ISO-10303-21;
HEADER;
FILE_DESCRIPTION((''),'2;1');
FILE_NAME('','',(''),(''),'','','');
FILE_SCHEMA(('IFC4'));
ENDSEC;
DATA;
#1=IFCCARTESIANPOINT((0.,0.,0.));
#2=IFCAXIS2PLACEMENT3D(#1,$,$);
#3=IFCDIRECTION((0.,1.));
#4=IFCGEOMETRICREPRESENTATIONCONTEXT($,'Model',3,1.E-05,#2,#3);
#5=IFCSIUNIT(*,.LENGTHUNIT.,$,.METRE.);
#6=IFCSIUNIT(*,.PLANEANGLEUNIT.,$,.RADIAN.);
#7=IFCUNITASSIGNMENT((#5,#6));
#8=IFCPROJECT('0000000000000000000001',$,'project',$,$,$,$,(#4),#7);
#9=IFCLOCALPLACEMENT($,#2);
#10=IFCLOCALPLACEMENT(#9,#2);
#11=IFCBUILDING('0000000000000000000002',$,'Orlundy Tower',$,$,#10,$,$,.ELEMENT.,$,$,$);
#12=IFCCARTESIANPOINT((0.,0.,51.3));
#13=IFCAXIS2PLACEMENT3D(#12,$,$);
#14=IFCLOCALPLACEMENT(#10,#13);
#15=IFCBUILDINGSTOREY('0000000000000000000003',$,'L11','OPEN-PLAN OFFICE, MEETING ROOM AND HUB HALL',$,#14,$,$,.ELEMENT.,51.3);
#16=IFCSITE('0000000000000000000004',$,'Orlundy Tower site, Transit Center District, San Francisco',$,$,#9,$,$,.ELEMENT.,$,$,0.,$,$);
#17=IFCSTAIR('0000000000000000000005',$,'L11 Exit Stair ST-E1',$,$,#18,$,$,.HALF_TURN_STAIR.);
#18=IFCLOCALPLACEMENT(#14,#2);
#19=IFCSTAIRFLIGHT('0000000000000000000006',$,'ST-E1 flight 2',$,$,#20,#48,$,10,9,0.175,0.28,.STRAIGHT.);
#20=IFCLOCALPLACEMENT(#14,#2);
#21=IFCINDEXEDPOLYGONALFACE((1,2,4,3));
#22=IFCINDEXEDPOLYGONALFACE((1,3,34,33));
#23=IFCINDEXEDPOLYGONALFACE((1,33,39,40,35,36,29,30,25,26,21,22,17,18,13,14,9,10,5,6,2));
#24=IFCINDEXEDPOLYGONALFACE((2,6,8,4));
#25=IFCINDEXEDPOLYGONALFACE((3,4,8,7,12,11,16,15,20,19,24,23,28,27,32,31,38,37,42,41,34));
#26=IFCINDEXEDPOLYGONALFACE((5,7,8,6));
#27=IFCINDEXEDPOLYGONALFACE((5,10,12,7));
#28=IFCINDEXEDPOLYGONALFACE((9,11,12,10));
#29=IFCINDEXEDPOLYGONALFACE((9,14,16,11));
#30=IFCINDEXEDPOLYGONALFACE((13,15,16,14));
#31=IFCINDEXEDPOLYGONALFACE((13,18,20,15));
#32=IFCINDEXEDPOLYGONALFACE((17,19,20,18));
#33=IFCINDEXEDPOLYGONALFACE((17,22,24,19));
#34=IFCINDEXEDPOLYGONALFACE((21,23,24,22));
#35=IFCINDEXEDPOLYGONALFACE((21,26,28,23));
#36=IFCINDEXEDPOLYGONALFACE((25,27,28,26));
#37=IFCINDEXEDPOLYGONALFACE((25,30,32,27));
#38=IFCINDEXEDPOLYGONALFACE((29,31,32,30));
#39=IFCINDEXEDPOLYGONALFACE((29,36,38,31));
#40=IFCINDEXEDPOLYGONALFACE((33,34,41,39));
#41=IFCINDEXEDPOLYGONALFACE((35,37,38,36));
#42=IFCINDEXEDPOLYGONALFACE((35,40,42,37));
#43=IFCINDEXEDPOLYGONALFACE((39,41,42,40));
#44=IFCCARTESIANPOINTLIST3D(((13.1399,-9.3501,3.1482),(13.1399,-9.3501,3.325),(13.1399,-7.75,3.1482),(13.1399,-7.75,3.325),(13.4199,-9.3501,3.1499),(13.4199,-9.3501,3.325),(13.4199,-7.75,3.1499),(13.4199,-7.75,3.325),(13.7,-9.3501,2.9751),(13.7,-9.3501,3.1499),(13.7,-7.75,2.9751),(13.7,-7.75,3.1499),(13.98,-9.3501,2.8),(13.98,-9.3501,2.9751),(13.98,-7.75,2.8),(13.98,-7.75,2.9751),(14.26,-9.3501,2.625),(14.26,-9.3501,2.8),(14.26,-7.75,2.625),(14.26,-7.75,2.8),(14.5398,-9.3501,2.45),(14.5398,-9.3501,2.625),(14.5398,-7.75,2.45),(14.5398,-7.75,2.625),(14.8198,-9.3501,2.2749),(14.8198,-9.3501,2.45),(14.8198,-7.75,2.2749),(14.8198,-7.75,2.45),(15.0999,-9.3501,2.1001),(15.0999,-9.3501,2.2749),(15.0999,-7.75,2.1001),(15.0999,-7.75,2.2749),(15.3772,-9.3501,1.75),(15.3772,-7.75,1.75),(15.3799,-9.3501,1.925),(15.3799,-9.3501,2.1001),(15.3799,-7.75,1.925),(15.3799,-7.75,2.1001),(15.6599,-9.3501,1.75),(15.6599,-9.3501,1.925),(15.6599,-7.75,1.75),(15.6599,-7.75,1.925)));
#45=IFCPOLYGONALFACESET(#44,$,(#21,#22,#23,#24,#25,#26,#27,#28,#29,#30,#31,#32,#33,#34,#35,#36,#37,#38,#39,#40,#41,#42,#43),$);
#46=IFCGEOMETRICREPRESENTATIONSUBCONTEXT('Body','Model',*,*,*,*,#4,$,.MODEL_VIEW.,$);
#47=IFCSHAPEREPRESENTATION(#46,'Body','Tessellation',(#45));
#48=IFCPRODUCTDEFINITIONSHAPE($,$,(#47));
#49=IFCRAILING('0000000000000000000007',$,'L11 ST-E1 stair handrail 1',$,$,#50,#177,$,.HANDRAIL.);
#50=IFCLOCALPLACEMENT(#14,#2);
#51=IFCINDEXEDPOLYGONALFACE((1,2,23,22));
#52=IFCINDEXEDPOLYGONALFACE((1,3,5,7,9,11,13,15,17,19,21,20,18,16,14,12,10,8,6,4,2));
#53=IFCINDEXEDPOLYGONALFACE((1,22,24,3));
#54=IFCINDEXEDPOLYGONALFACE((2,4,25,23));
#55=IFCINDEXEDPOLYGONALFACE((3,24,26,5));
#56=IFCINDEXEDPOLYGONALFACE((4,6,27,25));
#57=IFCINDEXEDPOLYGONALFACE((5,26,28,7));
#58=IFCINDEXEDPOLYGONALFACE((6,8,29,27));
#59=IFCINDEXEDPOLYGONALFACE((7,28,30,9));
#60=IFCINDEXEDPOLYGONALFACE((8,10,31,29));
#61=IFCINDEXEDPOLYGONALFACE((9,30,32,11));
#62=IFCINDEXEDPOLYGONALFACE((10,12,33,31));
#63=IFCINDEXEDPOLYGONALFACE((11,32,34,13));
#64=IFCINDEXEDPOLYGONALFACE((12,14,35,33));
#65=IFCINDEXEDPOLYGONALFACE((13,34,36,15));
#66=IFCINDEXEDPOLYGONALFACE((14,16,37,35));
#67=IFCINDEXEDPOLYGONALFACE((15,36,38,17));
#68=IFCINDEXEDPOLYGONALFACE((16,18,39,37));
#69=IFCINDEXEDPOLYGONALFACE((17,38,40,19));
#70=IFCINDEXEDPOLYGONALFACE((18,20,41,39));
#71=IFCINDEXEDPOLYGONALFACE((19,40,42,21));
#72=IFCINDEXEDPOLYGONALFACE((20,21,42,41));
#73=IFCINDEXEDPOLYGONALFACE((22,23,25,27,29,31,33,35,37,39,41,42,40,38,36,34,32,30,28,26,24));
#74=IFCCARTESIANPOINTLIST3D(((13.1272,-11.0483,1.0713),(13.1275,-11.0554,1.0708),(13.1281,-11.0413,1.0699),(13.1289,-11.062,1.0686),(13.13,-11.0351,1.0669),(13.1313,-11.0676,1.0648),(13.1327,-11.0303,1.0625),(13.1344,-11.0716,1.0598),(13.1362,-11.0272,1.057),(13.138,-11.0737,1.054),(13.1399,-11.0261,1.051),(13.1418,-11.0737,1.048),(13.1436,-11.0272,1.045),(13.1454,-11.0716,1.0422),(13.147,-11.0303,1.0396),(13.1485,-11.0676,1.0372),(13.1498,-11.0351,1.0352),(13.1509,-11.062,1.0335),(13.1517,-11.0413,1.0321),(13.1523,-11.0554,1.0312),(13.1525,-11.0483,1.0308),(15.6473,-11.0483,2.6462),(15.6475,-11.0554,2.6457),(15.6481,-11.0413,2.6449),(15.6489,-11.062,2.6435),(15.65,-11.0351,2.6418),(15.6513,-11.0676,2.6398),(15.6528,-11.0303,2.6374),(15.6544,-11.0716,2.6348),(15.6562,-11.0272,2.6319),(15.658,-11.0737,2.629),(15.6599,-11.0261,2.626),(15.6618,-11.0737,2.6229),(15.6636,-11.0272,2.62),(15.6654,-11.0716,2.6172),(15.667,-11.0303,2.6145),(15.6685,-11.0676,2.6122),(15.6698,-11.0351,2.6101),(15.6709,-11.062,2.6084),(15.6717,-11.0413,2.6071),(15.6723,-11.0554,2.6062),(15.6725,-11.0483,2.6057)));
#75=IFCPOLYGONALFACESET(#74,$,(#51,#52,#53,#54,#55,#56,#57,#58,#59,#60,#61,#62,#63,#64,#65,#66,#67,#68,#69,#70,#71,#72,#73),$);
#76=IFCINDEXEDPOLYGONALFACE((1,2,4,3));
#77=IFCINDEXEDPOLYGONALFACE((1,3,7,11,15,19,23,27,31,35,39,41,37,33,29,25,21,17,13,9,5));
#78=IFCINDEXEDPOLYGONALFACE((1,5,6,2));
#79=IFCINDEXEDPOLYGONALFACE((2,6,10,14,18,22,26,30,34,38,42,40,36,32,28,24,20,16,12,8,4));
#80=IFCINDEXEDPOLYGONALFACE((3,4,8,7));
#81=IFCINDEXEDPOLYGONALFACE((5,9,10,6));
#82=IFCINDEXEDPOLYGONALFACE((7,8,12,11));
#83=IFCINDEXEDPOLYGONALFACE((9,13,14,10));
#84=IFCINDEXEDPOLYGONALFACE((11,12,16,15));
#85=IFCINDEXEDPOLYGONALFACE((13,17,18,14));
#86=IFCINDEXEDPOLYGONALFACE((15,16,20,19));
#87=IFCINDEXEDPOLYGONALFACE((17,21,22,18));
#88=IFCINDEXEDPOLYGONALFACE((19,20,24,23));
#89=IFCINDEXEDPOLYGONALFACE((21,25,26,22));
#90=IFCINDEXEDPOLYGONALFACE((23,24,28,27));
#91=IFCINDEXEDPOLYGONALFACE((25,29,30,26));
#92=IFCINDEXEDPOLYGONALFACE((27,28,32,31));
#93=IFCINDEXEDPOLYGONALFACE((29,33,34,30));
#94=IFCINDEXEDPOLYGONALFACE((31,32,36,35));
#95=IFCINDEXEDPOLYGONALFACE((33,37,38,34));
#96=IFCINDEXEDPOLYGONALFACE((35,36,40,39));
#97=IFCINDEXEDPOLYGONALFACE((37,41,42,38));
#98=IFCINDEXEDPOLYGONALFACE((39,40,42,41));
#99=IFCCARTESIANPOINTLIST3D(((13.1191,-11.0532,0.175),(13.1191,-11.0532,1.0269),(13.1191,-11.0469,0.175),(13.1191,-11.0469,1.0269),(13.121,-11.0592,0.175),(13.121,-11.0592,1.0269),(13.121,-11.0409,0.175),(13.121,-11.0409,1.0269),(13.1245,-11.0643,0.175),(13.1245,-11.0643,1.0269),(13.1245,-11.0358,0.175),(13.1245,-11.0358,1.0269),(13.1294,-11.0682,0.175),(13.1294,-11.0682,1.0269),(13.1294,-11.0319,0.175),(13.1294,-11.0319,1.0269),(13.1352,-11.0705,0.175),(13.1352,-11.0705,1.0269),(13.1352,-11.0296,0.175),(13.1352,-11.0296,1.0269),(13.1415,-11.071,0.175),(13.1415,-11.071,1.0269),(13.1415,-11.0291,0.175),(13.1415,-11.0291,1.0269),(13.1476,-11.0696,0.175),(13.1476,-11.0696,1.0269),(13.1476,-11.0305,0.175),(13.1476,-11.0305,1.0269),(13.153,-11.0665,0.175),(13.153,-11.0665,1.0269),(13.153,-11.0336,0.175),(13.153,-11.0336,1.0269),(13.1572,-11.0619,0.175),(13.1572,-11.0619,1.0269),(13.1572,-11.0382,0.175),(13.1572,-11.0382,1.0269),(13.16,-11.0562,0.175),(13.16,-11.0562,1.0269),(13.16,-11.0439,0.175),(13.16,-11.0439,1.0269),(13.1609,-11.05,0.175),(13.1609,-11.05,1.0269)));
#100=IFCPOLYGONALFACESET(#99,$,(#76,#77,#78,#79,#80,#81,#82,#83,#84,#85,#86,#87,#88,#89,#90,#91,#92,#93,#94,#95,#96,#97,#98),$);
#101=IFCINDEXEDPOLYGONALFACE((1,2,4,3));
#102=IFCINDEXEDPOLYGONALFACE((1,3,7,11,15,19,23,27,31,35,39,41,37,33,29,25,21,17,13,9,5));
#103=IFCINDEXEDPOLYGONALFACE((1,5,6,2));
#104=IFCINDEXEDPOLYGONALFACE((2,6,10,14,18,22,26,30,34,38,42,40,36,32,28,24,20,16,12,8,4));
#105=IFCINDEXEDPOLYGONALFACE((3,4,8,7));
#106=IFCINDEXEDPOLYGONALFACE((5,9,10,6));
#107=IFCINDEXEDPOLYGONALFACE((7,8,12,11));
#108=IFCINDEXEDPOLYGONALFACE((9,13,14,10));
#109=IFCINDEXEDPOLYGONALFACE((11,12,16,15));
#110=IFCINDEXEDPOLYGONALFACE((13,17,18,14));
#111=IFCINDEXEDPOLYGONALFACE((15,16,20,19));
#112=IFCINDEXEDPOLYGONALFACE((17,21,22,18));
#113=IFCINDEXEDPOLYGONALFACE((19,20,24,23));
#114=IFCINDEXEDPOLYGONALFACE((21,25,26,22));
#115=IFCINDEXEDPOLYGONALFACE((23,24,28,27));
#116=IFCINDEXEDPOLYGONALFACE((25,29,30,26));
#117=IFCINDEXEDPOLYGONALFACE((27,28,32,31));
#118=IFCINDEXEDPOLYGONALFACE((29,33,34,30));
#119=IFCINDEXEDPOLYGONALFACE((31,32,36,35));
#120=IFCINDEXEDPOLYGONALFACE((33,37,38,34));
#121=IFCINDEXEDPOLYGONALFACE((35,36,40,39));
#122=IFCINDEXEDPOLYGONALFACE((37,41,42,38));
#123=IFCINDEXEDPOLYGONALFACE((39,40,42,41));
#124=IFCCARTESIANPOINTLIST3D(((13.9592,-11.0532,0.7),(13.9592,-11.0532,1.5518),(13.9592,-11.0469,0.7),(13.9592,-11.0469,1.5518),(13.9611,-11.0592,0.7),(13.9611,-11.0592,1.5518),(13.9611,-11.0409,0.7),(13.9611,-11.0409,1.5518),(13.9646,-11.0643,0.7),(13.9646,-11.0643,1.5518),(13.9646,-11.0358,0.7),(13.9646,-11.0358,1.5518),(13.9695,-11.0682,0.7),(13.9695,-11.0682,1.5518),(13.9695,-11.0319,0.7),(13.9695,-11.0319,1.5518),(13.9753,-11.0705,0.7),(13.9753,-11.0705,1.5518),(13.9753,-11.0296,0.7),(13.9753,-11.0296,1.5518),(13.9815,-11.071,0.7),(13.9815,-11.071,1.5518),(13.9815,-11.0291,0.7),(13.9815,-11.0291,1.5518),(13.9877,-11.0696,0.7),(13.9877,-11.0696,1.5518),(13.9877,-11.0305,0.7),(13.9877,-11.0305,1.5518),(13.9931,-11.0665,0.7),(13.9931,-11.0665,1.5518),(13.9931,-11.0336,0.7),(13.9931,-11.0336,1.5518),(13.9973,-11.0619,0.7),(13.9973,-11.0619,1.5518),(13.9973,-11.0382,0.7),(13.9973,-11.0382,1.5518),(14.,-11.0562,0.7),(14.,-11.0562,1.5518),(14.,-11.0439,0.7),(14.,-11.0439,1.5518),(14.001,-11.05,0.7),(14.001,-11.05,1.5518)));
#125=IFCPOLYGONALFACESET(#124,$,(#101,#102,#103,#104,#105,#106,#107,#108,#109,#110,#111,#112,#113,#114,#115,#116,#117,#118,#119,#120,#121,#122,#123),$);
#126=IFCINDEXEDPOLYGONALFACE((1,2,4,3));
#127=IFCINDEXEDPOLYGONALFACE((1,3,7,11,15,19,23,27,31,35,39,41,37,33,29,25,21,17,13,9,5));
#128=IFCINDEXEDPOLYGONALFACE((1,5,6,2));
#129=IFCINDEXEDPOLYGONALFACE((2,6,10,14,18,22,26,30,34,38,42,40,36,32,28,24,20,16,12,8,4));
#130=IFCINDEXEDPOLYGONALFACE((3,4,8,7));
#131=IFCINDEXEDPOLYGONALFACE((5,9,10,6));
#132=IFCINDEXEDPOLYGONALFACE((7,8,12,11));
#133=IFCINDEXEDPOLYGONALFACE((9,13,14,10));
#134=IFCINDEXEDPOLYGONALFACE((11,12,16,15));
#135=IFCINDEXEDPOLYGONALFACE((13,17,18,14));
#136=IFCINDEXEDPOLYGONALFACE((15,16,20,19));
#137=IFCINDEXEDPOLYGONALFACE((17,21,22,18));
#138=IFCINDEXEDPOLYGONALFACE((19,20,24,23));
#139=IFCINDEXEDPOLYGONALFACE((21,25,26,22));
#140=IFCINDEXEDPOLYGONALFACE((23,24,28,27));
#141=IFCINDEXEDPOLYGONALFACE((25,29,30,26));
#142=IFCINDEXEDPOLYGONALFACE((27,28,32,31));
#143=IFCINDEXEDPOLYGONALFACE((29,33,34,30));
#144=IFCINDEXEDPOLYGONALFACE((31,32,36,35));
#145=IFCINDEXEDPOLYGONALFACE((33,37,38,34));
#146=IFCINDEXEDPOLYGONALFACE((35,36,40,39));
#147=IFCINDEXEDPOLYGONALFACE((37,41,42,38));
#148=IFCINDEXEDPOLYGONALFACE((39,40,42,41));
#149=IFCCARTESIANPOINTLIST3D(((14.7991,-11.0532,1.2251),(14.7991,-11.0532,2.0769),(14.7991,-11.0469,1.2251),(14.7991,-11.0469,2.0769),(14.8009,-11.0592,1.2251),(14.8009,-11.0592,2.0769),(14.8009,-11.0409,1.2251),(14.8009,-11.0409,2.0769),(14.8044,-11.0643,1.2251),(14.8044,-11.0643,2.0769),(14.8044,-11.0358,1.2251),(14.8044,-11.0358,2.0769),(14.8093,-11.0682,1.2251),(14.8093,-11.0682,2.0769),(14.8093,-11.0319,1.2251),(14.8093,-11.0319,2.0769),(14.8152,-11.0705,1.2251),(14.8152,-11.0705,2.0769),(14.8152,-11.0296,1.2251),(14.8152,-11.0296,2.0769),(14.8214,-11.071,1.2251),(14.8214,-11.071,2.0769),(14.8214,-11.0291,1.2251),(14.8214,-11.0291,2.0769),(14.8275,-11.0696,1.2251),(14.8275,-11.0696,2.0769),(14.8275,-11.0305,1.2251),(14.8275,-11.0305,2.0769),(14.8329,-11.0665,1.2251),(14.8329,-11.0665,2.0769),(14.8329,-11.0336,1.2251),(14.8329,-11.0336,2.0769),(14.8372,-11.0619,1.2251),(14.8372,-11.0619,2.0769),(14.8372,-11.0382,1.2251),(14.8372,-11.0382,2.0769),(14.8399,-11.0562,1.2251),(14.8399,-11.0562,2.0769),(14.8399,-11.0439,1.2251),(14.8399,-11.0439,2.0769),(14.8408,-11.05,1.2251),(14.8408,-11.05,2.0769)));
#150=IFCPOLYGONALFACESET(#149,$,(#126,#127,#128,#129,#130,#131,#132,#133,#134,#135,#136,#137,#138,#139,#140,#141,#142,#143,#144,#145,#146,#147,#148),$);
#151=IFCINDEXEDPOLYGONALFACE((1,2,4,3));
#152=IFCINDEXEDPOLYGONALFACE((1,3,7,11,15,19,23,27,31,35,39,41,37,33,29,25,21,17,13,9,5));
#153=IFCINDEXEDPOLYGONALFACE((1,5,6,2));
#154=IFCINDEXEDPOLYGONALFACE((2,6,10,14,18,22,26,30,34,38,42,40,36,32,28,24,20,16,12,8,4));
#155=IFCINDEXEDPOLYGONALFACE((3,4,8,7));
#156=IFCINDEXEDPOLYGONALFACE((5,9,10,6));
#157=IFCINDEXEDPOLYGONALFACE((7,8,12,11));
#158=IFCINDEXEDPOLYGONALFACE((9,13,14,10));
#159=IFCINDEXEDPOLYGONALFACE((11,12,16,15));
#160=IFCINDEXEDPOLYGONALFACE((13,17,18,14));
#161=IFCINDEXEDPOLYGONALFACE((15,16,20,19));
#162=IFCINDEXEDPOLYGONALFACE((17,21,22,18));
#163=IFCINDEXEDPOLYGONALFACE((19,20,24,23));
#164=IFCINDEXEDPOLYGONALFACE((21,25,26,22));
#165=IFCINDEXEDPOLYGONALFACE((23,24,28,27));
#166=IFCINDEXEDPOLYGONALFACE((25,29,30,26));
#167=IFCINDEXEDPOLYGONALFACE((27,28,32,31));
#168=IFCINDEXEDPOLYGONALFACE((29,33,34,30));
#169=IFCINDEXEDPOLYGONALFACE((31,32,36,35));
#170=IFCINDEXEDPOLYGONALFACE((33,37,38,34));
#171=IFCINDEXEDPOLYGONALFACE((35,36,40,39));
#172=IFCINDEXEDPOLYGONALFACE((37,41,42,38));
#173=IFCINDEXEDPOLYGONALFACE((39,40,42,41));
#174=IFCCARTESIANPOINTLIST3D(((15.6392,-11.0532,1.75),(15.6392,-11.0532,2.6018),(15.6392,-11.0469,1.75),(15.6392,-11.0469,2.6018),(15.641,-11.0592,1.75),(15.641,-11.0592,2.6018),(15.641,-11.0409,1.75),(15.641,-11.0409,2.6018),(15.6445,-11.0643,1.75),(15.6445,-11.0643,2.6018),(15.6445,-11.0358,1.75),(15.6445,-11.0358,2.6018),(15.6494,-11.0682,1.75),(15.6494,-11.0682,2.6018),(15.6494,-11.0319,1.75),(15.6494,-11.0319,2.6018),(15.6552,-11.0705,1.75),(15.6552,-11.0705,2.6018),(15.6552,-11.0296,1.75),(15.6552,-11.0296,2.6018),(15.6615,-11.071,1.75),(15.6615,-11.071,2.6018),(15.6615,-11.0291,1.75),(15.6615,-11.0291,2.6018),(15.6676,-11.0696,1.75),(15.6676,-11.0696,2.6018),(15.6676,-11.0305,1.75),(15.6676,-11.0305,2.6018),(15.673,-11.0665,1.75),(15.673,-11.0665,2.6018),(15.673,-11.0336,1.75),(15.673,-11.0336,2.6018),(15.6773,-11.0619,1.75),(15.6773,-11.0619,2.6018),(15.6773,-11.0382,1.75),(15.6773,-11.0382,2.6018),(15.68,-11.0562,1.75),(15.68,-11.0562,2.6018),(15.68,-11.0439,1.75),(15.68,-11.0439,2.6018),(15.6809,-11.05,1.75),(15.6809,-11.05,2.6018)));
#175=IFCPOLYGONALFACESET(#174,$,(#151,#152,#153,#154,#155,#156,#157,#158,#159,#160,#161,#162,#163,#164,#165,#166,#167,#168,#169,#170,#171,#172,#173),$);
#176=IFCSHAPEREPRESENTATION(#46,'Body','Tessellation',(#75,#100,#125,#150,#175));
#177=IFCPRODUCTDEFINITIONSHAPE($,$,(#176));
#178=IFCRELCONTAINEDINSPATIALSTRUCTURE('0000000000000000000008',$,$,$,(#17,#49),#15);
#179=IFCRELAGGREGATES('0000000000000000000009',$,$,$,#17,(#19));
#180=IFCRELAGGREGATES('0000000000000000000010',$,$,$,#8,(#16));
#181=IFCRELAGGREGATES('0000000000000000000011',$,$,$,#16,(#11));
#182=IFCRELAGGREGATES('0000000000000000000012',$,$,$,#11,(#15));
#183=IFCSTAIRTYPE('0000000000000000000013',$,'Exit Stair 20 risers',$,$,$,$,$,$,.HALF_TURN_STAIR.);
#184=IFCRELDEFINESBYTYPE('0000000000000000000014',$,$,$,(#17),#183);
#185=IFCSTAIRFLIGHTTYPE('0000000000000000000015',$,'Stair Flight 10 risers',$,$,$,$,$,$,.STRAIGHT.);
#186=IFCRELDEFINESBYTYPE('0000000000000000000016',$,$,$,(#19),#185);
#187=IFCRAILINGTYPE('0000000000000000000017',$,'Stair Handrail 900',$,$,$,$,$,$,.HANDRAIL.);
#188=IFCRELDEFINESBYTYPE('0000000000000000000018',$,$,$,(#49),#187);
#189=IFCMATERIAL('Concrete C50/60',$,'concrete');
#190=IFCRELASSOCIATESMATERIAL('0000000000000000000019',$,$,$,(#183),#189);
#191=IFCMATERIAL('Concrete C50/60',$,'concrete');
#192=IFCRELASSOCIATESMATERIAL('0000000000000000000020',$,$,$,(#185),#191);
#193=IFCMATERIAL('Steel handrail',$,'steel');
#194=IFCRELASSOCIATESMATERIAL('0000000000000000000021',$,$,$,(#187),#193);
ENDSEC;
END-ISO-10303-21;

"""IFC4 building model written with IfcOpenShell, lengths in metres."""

from ifc_helpers import new_model, si_unit, direction, frame, origin, origin_2d, place, context, subcontext, project, spatial, polyline, circle, outline, extrude, material, type_object, element, aggregate, save


model = new_model("IFC4")

# Units and contexts
model_context = context("Model", 3, precision=1e-05, world=origin(), true_north=direction((0.0, 1.0)))
body_context = subcontext(model_context, "Body", "Model", "MODEL_VIEW")
ifc_project = project(units=[si_unit("LENGTHUNIT", "METRE"), si_unit("PLANEANGLEUNIT", "RADIAN")], contexts=[model_context])

# Site, building, storey
site_placement = place(None, origin())
site = spatial("IfcSite", under=ifc_project, at=site_placement, Name="Orlundy Tower site, Transit Center District, San Francisco", CompositionType="ELEMENT", RefElevation=0.0)
building_placement = place(site_placement, origin())
building = spatial("IfcBuilding", under=site, at=building_placement, Name="Orlundy Tower", CompositionType="ELEMENT")
storey_placement = place(building_placement, frame((0.0, 0.0, 51.3)))
storey = spatial("IfcBuildingStorey", under=building, at=storey_placement, Name="L11", Description="OPEN-PLAN OFFICE, MEETING ROOM AND HUB HALL", CompositionType="ELEMENT", Elevation=51.3)

# Stair
ifc_material_1 = material(Name="Concrete C50/60", Category="concrete")
stair_type = type_object("IfcStairType", Name="Exit Stair 20 risers", PredefinedType="HALF_TURN_STAIR", material=ifc_material_1)
stair_1_placement = place(storey_placement, origin())
stair_1 = element("IfcStair", 1, at=stair_1_placement, inside=storey, type_object=stair_type, Name="L11 Exit Stair ST-E1", PredefinedType="HALF_TURN_STAIR")

# Stair flight
ifc_material_2 = material(Name="Concrete C50/60", Category="concrete")
stair_flight_type = type_object("IfcStairFlightType", Name="Stair Flight 10 risers", PredefinedType="STRAIGHT", material=ifc_material_2)
stair_flight_1_placement = place(storey_placement, frame((15.6599, -8.55, 1.75), z_axis=(0.0, 0.0, 1.0), x_axis=(-1.0, 0.0, 0.0)))
stair_flight_1 = element("IfcStairFlight", 2, at=stair_flight_1_placement, type_object=stair_flight_type, Name="ST-E1 flight 2", NumberOfRisers=10, NumberOfTreads=9, PredefinedType="STRAIGHT", RiserHeight=0.175, TreadLength=0.28, context=body_context, shape_type="SweptSolid", body=[
    extrude(outline(polyline([(0.0, 0.0), (0.0, 0.175), (0.28, 0.175), (0.28, 0.3501), (0.5601, 0.3501), (0.5601, 0.5249), (0.8401, 0.5249), (0.8401, 0.7), (1.1201, 0.7), (1.1201, 0.875), (1.3999, 0.875), (1.3999, 1.05), (1.6799, 1.05), (1.6799, 1.2251), (1.96, 1.2251), (1.96, 1.3999), (2.24, 1.3999), (2.24, 1.575), (2.52, 1.575), (2.52, 1.75), (2.52, 1.3982), (0.2827, 0.0), (0.0, 0.0)])), frame((0.0, 0.8, 0.0), z_axis=(0.0, -1.0, 0.0), x_axis=(1.0, 0.0, 0.0)), (0.0, 0.0, 1.0), 1.6001),
])
aggregate(stair_1, [stair_flight_1])

# Railing
ifc_material_3 = material(Name="Steel handrail", Category="steel")
railing_type_1 = type_object("IfcRailingType", Name="Stair Handrail 900", PredefinedType="HANDRAIL", material=ifc_material_3)
railing_1_placement = place(storey_placement, frame((13.1399, -11.05, 0.175)))
element("IfcRailing", 3, at=railing_1_placement, inside=storey, type_object=railing_type_1, Name="L11 ST-E1 stair handrail 1", PredefinedType="HANDRAIL", context=body_context, shape_type="SweptSolid", body=[
    extrude(circle(Radius=0.0239, at=origin_2d()), frame((0.0, 0.0, 0.876), z_axis=(0.848008, 0.0, 0.529984), x_axis=(0.0, 1.0, 0.0)), (0.0, 0.0, 1.0), 2.9717),
    extrude(circle(Radius=0.021, at=origin_2d()), origin(), (0.0, 0.0, 1.0), 0.8518),
    extrude(circle(Radius=0.021, at=origin_2d()), frame((0.8401, 0.0, 0.5249)), (0.0, 0.0, 1.0), 0.8518),
    extrude(circle(Radius=0.021, at=origin_2d()), frame((1.6799, 0.0, 1.05)), (0.0, 0.0, 1.0), 0.8518),
    extrude(circle(Radius=0.021, at=origin_2d()), frame((2.52, 0.0, 1.575)), (0.0, 0.0, 1.0), 0.8518),
])

save(model, "model.ifc")
